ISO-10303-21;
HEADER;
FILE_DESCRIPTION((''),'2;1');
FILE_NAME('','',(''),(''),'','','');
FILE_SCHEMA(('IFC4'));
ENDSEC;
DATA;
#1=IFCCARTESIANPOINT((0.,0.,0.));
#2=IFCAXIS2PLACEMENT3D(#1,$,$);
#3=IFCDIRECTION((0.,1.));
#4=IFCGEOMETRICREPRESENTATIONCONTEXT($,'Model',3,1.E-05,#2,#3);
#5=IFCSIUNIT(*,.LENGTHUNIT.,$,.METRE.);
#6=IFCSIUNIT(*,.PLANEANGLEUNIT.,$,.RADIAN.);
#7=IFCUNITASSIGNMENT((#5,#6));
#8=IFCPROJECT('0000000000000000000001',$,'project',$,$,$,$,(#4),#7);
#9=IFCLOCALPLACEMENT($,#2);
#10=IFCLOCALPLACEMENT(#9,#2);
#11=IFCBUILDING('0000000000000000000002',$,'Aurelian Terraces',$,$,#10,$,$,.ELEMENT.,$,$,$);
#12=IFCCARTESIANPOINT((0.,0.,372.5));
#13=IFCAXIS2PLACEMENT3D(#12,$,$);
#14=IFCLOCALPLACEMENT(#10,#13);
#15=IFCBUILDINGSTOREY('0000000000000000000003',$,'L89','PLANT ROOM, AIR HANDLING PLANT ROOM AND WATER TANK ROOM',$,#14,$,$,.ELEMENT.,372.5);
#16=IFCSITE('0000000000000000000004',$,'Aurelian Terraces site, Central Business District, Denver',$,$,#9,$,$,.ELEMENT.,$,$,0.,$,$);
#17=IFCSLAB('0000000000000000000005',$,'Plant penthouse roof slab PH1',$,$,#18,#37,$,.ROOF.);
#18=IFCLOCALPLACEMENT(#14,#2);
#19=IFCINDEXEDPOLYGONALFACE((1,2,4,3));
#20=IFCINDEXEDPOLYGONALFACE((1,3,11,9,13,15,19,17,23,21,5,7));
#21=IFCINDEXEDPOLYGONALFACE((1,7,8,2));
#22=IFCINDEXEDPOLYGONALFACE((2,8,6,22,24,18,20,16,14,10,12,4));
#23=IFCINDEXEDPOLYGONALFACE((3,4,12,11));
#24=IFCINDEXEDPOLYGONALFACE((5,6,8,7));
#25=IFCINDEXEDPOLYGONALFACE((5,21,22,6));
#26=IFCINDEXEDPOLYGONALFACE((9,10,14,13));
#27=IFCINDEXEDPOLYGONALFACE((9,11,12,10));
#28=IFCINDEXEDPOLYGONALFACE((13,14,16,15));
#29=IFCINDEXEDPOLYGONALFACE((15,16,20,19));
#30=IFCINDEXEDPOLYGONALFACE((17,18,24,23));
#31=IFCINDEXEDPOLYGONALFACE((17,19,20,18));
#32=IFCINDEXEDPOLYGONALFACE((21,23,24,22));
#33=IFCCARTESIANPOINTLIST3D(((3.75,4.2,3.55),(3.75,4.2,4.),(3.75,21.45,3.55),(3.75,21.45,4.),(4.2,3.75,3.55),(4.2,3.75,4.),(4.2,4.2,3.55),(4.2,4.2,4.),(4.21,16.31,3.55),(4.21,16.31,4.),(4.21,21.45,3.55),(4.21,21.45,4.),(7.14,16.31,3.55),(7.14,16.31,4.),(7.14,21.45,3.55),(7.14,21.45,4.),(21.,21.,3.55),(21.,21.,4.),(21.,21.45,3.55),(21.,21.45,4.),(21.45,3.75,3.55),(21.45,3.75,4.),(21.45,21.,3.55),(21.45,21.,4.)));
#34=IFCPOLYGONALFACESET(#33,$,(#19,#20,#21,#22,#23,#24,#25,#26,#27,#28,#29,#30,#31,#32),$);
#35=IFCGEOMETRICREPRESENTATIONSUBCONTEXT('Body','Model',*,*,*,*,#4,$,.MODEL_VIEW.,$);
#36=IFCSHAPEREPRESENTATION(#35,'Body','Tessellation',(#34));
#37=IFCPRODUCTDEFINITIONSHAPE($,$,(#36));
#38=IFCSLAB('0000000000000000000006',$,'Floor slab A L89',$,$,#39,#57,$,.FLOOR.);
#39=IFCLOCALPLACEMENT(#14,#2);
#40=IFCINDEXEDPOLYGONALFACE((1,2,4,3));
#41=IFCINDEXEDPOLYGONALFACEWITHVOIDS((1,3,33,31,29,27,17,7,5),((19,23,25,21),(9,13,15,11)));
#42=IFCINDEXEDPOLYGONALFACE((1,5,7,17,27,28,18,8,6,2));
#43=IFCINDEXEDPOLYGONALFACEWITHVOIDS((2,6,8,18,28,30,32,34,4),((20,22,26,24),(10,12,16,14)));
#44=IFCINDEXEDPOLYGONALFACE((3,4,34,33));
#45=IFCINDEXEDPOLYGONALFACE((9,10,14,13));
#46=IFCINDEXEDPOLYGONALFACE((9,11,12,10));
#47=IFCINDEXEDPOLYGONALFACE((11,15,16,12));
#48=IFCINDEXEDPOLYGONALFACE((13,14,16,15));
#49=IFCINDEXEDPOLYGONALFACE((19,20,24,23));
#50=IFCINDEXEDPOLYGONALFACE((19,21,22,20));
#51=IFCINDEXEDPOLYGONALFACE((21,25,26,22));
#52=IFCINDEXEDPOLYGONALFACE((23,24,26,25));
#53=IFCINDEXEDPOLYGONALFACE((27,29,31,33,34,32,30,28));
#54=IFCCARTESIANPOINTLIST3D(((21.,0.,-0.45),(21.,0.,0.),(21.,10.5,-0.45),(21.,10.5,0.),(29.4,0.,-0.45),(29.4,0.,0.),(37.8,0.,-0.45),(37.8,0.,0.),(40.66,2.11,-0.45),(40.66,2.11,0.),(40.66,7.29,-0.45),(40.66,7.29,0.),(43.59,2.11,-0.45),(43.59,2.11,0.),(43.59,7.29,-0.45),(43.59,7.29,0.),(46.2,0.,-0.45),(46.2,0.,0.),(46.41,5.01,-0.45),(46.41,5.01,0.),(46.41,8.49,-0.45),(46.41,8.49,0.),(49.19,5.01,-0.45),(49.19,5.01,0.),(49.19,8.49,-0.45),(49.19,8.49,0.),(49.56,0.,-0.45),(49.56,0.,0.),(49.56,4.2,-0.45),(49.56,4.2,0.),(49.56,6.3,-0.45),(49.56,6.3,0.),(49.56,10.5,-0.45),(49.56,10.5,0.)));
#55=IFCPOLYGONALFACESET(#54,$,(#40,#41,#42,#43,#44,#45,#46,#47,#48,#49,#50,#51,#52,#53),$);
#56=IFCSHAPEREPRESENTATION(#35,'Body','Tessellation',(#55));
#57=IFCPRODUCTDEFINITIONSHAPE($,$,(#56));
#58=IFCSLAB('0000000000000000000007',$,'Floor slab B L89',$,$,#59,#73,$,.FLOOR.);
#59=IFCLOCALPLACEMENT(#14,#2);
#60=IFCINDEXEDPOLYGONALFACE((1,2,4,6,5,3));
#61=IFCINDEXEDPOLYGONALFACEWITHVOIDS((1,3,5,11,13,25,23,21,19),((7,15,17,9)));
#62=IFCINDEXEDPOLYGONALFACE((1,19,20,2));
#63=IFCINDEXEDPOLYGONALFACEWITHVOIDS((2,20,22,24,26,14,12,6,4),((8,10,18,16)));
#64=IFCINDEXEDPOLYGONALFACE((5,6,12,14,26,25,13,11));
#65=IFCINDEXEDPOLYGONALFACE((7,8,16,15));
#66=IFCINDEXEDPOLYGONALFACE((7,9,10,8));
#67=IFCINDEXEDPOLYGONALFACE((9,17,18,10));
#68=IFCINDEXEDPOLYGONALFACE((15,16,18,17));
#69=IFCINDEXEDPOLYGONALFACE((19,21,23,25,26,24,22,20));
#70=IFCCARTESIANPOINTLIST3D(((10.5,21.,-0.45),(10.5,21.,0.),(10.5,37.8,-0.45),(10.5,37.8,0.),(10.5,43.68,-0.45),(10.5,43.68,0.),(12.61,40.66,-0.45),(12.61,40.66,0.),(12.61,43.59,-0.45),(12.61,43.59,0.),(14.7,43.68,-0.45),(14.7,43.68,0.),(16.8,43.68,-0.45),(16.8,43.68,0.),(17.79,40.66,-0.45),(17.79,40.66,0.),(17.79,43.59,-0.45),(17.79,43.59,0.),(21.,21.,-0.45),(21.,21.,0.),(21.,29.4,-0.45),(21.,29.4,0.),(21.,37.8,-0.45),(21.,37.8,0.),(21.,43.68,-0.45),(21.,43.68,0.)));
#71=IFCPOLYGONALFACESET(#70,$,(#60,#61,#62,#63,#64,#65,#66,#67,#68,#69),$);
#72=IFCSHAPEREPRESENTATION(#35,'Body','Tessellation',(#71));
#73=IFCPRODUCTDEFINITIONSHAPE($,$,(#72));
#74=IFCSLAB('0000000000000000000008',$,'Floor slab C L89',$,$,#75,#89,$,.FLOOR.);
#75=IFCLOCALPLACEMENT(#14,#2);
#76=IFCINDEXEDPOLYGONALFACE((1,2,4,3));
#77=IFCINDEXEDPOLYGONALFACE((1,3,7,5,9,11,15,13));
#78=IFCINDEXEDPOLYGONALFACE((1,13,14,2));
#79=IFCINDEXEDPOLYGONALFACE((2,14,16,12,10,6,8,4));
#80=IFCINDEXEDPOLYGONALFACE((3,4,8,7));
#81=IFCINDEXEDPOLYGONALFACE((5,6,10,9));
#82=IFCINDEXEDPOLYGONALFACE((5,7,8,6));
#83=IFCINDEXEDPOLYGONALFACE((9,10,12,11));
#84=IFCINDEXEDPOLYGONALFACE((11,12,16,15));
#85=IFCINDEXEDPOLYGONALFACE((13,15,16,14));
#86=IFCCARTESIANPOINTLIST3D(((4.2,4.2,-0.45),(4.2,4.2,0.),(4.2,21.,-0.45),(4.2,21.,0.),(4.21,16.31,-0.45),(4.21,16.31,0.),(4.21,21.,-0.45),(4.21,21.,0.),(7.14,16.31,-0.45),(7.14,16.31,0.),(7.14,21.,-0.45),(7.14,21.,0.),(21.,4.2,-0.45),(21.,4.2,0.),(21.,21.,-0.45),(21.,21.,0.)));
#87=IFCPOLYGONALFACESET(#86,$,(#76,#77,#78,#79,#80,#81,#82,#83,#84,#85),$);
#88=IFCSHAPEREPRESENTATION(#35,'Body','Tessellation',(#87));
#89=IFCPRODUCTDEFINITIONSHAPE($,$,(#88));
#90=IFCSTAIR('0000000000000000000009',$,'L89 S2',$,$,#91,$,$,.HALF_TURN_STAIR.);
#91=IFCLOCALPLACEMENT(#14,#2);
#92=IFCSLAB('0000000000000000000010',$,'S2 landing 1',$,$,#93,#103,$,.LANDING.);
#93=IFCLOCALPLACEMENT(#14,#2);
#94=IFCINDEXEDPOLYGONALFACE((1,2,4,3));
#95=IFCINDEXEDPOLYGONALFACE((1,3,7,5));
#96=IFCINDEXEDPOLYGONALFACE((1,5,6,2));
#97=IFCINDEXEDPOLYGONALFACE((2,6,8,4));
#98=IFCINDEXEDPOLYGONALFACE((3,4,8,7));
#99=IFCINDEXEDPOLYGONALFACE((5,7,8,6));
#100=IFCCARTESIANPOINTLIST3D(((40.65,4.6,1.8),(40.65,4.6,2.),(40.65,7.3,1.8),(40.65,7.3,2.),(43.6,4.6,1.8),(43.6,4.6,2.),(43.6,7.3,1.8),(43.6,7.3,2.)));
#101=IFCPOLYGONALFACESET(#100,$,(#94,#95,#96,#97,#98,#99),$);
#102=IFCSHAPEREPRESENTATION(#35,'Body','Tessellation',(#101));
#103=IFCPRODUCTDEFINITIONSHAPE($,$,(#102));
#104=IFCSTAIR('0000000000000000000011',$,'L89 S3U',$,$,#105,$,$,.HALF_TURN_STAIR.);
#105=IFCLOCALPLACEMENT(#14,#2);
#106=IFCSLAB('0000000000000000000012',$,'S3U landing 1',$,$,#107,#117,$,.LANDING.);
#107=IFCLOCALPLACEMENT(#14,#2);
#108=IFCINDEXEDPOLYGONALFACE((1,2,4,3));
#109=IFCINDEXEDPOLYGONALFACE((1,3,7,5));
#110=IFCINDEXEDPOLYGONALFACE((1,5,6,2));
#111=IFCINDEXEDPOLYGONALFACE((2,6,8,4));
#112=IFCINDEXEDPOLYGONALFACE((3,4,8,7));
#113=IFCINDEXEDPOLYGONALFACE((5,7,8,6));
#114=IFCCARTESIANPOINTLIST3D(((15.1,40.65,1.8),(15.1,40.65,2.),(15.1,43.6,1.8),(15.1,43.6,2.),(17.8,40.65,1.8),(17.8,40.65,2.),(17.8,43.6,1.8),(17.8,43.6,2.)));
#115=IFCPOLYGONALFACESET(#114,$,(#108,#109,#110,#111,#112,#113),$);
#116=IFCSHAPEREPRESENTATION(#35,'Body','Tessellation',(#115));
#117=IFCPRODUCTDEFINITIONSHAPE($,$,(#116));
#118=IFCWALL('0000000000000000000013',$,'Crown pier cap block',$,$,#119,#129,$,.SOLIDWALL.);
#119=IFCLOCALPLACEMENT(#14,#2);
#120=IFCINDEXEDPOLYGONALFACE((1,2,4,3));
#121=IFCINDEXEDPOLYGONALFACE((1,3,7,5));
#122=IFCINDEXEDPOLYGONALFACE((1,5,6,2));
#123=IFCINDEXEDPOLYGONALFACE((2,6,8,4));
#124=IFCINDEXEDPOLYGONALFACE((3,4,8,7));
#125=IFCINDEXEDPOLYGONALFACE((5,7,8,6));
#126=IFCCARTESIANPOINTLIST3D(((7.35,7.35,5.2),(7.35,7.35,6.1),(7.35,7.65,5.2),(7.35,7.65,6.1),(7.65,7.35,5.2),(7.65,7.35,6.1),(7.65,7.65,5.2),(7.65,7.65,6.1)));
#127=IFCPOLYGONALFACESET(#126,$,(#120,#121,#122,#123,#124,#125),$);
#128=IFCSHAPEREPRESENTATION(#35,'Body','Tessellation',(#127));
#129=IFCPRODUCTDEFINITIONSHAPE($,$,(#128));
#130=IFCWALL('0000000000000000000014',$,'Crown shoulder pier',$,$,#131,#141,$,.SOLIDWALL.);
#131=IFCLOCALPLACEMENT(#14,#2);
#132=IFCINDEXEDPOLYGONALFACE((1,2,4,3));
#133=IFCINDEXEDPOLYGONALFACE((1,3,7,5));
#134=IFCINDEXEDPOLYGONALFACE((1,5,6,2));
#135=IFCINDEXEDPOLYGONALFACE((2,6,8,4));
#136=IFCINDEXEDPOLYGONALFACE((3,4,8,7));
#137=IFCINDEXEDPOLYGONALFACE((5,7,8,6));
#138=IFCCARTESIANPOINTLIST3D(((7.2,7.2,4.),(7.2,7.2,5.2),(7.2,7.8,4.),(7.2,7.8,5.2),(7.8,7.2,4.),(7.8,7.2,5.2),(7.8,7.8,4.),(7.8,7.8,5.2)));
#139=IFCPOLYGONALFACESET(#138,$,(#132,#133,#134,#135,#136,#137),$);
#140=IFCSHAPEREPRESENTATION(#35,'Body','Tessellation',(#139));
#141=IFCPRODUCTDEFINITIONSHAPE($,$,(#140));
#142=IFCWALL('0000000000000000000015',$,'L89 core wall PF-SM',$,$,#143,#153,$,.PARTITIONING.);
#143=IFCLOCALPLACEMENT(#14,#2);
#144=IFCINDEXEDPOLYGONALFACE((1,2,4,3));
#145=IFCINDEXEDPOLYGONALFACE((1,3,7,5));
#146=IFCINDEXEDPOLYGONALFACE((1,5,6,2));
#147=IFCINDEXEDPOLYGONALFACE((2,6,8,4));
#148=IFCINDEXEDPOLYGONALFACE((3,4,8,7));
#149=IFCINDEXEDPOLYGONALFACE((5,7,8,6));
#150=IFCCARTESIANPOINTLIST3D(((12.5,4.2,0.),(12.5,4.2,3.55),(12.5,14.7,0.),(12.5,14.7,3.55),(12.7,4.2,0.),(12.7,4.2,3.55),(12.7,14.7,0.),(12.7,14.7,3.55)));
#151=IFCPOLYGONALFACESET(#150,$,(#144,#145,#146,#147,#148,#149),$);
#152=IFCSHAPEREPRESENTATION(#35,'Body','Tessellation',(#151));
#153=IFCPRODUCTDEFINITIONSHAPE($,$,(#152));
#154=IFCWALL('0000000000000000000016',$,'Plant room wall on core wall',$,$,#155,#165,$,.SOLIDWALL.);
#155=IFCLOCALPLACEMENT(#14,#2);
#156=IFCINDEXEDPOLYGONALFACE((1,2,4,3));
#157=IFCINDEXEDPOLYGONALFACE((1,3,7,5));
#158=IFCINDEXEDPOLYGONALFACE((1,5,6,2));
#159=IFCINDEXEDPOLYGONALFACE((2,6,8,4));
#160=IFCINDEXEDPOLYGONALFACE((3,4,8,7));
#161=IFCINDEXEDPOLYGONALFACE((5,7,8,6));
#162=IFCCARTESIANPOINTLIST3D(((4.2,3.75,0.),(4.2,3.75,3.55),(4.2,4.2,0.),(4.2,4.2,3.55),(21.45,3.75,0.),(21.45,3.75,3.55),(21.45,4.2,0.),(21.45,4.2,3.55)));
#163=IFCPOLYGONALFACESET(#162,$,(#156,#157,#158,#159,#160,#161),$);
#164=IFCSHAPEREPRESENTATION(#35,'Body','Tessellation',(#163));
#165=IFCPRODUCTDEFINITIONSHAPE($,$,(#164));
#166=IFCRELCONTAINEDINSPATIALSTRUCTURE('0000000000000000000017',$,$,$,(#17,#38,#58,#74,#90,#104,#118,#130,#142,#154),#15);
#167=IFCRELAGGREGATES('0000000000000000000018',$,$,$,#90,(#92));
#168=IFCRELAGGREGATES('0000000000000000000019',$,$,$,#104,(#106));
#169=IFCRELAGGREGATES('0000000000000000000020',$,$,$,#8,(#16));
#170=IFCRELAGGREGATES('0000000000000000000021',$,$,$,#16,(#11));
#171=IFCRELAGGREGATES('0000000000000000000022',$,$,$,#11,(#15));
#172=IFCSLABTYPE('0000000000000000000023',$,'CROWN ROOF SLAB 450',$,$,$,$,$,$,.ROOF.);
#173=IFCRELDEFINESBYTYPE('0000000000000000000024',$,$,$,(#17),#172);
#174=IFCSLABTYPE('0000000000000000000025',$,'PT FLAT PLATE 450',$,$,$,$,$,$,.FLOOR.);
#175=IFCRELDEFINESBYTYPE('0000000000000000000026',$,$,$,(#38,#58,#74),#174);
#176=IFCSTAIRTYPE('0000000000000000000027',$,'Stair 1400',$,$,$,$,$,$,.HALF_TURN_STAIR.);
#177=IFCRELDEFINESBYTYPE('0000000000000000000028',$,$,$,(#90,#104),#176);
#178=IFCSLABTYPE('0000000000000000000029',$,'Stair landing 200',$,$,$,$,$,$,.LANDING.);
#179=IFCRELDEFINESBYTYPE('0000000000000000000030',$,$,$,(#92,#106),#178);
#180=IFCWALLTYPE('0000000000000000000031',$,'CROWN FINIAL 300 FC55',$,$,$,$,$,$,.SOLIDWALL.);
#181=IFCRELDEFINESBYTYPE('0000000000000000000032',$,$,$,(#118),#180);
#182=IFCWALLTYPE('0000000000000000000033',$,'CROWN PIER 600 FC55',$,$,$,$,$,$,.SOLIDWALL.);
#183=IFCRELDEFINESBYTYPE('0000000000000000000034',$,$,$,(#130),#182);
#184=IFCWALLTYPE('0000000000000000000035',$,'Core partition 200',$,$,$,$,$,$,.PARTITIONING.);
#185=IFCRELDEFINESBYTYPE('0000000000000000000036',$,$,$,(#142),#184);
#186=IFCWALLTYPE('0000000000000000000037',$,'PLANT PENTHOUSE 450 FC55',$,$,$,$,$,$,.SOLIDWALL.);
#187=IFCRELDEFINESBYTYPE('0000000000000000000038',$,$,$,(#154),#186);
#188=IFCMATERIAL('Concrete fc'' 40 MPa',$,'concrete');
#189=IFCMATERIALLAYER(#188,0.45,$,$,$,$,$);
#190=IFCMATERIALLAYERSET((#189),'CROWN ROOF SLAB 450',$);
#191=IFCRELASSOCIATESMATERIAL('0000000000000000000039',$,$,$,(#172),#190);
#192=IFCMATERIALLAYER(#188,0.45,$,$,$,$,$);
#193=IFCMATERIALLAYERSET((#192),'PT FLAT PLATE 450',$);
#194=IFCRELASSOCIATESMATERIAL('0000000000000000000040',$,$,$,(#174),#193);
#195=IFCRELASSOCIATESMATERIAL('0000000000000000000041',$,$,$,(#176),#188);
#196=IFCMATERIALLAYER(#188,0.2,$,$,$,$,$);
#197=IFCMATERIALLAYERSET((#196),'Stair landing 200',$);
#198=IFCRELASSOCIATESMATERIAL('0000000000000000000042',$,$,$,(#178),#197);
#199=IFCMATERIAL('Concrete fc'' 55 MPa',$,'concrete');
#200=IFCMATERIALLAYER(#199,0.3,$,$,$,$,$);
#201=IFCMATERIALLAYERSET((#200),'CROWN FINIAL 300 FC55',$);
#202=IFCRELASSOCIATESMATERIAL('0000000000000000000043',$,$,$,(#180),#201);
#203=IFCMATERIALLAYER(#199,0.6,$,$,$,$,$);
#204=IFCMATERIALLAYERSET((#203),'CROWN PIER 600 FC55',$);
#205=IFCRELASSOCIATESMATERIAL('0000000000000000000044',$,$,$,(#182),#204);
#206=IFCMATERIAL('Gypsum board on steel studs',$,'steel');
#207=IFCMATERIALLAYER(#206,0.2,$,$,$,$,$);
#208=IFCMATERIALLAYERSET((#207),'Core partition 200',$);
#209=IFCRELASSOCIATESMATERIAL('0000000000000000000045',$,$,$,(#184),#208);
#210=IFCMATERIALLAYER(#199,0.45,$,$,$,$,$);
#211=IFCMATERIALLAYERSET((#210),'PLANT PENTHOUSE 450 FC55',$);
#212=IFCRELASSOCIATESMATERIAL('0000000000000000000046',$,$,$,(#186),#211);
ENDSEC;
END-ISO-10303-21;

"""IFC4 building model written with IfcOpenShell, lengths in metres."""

from ifc_helpers import new_model, si_unit, direction, frame, frame_2d, origin, origin_2d, place, context, subcontext, project, spatial, polyline, rectangle, outline, extrude, source, transform, mapped, material, layer, layer_set, type_object, element, aggregate, save


model = new_model("IFC4")

# Units and contexts
model_context = context("Model", 3, precision=1e-05, world=origin(), true_north=direction((0.0, 1.0)))
body_context = subcontext(model_context, "Body", "Model", "MODEL_VIEW")
ifc_project = project(units=[si_unit("LENGTHUNIT", "METRE"), si_unit("PLANEANGLEUNIT", "RADIAN")], contexts=[model_context])

# Site, building, storey
site_placement = place(None, origin())
site = spatial("IfcSite", under=ifc_project, at=site_placement, Name="Aurelian Terraces site, Central Business District, Denver", CompositionType="ELEMENT", RefElevation=0.0)
building_placement = place(site_placement, origin())
building = spatial("IfcBuilding", under=site, at=building_placement, Name="Aurelian Terraces", CompositionType="ELEMENT")
storey_placement = place(building_placement, frame((0.0, 0.0, 372.5)))
storey = spatial("IfcBuildingStorey", under=building, at=storey_placement, Name="L89", Description="PLANT ROOM, AIR HANDLING PLANT ROOM AND WATER TANK ROOM", CompositionType="ELEMENT", Elevation=372.5)

# Slabs
ifc_material_1 = material(Name="Concrete fc' 40 MPa", Category="concrete")
ifc_layer_1 = layer(ifc_material_1, 0.45)
ifc_layer_set_1 = layer_set([ifc_layer_1], Name="CROWN ROOF SLAB 450")
slab_type_1 = type_object("IfcSlabType", Name="CROWN ROOF SLAB 450", PredefinedType="ROOF", material=ifc_layer_set_1)
slab_1_placement = place(storey_placement, frame((0.0, 0.0, 3.55)))
element("IfcSlab", 1, at=slab_1_placement, inside=storey, type_object=slab_type_1, Name="Plant penthouse roof slab PH1", PredefinedType="ROOF", context=body_context, shape_type="SweptSolid", body=[
    extrude(outline(polyline([(4.2, 4.2), (3.75, 4.2), (3.75, 21.45), (4.21, 21.45), (4.21, 16.31), (7.14, 16.31), (7.14, 21.45), (21.0, 21.45), (21.0, 21.0), (21.45, 21.0), (21.45, 3.75), (4.2, 3.75), (4.2, 4.2)])), origin(), (0.0, 0.0, 1.0), 0.45),
])
ifc_layer_2 = layer(ifc_material_1, 0.45)
ifc_layer_set_2 = layer_set([ifc_layer_2], Name="PT FLAT PLATE 450")
slab_type_2 = type_object("IfcSlabType", Name="PT FLAT PLATE 450", PredefinedType="FLOOR", material=ifc_layer_set_2)
slab_2_placement = place(storey_placement, frame((0.0, 0.0, -0.45)))
element("IfcSlab", 2, at=slab_2_placement, inside=storey, type_object=slab_type_2, Name="Floor slab A L89", PredefinedType="FLOOR", context=body_context, shape_type="SweptSolid", body=[
    extrude(outline(polyline([(37.8, 0.0), (29.4, 0.0), (21.0, 0.0), (21.0, 10.5), (49.56, 10.5), (49.56, 6.3), (49.56, 4.2), (49.56, 0.0), (46.2, 0.0), (37.8, 0.0)]), holes=[polyline([(46.41, 8.49), (46.41, 5.01), (49.19, 5.01), (49.19, 8.49), (46.41, 8.49)]), polyline([(40.66, 2.11), (43.59, 2.11), (43.59, 7.29), (40.66, 7.29), (40.66, 2.11)])]), origin(), (0.0, 0.0, 1.0), 0.45),
])
slab_3_placement = place(storey_placement, frame((0.0, 0.0, -0.45)))
element("IfcSlab", 3, at=slab_3_placement, inside=storey, type_object=slab_type_2, Name="Floor slab B L89", PredefinedType="FLOOR", context=body_context, shape_type="SweptSolid", body=[
    extrude(outline(polyline([(10.5, 43.68), (14.7, 43.68), (16.8, 43.68), (21.0, 43.68), (21.0, 37.8), (21.0, 29.4), (21.0, 21.0), (10.5, 21.0), (10.5, 37.8), (10.5, 43.68)]), holes=[polyline([(12.61, 43.59), (12.61, 40.66), (17.79, 40.66), (17.79, 43.59), (12.61, 43.59)])]), origin(), (0.0, 0.0, 1.0), 0.45),
])
slab_4_placement = place(storey_placement, frame((0.0, 0.0, -0.45)))
element("IfcSlab", 4, at=slab_4_placement, inside=storey, type_object=slab_type_2, Name="Floor slab C L89", PredefinedType="FLOOR", context=body_context, shape_type="SweptSolid", body=[
    extrude(outline(polyline([(21.0, 21.0), (21.0, 4.2), (4.2, 4.2), (4.2, 21.0), (4.21, 21.0), (4.21, 16.31), (7.14, 16.31), (7.14, 21.0), (21.0, 21.0)])), origin(), (0.0, 0.0, 1.0), 0.45),
])

# Stairs, slabs
stair_type = type_object("IfcStairType", Name="Stair 1400", PredefinedType="HALF_TURN_STAIR", material=ifc_material_1)
stair_1_placement = place(storey_placement, origin())
stair_1 = element("IfcStair", 5, at=stair_1_placement, inside=storey, type_object=stair_type, Name="L89 S2", PredefinedType="HALF_TURN_STAIR")
ifc_layer_3 = layer(ifc_material_1, 0.2)
ifc_layer_set_3 = layer_set([ifc_layer_3], Name="Stair landing 200")
slab_type_3 = type_object("IfcSlabType", Name="Stair landing 200", PredefinedType="LANDING", material=ifc_layer_set_3)
shared_shape_1 = source(origin(), body_context, "Body", "SweptSolid", [
    extrude(outline(polyline([(43.6, 4.6), (43.6, 7.3), (40.65, 7.3), (40.65, 4.6), (43.6, 4.6)])), origin(), (0.0, 0.0, 1.0), 0.2),
])
slab_5_placement = place(storey_placement, frame((0.0, 0.0, 1.8)))
slab_5 = element("IfcSlab", 6, at=slab_5_placement, type_object=slab_type_3, Name="S2 landing 1", PredefinedType="LANDING", context=body_context, shape_type="MappedRepresentation", body=[
    mapped(shared_shape_1, transform((0.0, 0.0, 0.0), scale=1.0)),
])
aggregate(stair_1, [slab_5])
stair_2_placement = place(storey_placement, origin())
stair_2 = element("IfcStair", 7, at=stair_2_placement, inside=storey, type_object=stair_type, Name="L89 S3U", PredefinedType="HALF_TURN_STAIR")
shared_shape_2 = source(origin(), body_context, "Body", "SweptSolid", [
    extrude(outline(polyline([(15.1, 40.65), (17.8, 40.65), (17.8, 43.6), (15.1, 43.6), (15.1, 40.65)])), origin(), (0.0, 0.0, 1.0), 0.2),
])
slab_6_placement = place(storey_placement, frame((0.0, 0.0, 1.8)))
slab_6 = element("IfcSlab", 8, at=slab_6_placement, type_object=slab_type_3, Name="S3U landing 1", PredefinedType="LANDING", context=body_context, shape_type="MappedRepresentation", body=[
    mapped(shared_shape_2, transform((0.0, 0.0, 0.0), scale=1.0)),
])
aggregate(stair_2, [slab_6])

# Walls
ifc_material_2 = material(Name="Concrete fc' 55 MPa", Category="concrete")
ifc_layer_4 = layer(ifc_material_2, 0.3)
ifc_layer_set_4 = layer_set([ifc_layer_4], Name="CROWN FINIAL 300 FC55")
wall_type_1 = type_object("IfcWallType", Name="CROWN FINIAL 300 FC55", PredefinedType="SOLIDWALL", material=ifc_layer_set_4)
wall_1_placement = place(storey_placement, frame((7.5, 7.5, 5.2), z_axis=(0.0, 0.0, 1.0), x_axis=(1.0, 0.0, 0.0)))
element("IfcWall", 9, at=wall_1_placement, inside=storey, type_object=wall_type_1, Name="Crown pier cap block", PredefinedType="SOLIDWALL", context=body_context, shape_type="SweptSolid", body=[
    extrude(rectangle(XDim=0.3, YDim=0.3, at=origin_2d()), origin(), (0.0, 0.0, 1.0), 0.9),
])
ifc_layer_5 = layer(ifc_material_2, 0.6)
ifc_layer_set_5 = layer_set([ifc_layer_5], Name="CROWN PIER 600 FC55")
wall_type_2 = type_object("IfcWallType", Name="CROWN PIER 600 FC55", PredefinedType="SOLIDWALL", material=ifc_layer_set_5)
wall_2_placement = place(storey_placement, frame((7.5, 7.5, 4.0), z_axis=(0.0, 0.0, 1.0), x_axis=(1.0, 0.0, 0.0)))
element("IfcWall", 10, at=wall_2_placement, inside=storey, type_object=wall_type_2, Name="Crown shoulder pier", PredefinedType="SOLIDWALL", context=body_context, shape_type="SweptSolid", body=[
    extrude(rectangle(XDim=0.6, YDim=0.6, at=origin_2d()), origin(), (0.0, 0.0, 1.0), 1.2),
])
ifc_material_3 = material(Name="Gypsum board on steel studs", Category="steel")
ifc_layer_6 = layer(ifc_material_3, 0.2)
ifc_layer_set_6 = layer_set([ifc_layer_6], Name="Core partition 200")
wall_type_3 = type_object("IfcWallType", Name="Core partition 200", PredefinedType="PARTITIONING", material=ifc_layer_set_6)
wall_3_placement = place(storey_placement, frame((12.6, 4.2, 0.0), z_axis=(0.0, 0.0, 1.0), x_axis=(0.0, 1.0, 0.0)))
element("IfcWall", 11, at=wall_3_placement, inside=storey, type_object=wall_type_3, Name="L89 core wall PF-SM", PredefinedType="PARTITIONING", context=body_context, shape_type="SweptSolid", body=[
    extrude(rectangle(XDim=10.5, YDim=0.2, at=frame_2d((5.25, 0.0))), origin(), (0.0, 0.0, 1.0), 3.55),
])
ifc_layer_7 = layer(ifc_material_2, 0.45)
ifc_layer_set_7 = layer_set([ifc_layer_7], Name="PLANT PENTHOUSE 450 FC55")
wall_type_4 = type_object("IfcWallType", Name="PLANT PENTHOUSE 450 FC55", PredefinedType="SOLIDWALL", material=ifc_layer_set_7)
wall_4_placement = place(storey_placement, frame((4.2, 3.975, 0.0), z_axis=(0.0, 0.0, 1.0), x_axis=(1.0, 0.0, 0.0)))
element("IfcWall", 12, at=wall_4_placement, inside=storey, type_object=wall_type_4, Name="Plant room wall on core wall", PredefinedType="SOLIDWALL", context=body_context, shape_type="SweptSolid", body=[
    extrude(rectangle(XDim=17.25, YDim=0.45, at=frame_2d((8.625, 0.0))), origin(), (0.0, 0.0, 1.0), 3.55),
])

save(model, "model.ifc")
